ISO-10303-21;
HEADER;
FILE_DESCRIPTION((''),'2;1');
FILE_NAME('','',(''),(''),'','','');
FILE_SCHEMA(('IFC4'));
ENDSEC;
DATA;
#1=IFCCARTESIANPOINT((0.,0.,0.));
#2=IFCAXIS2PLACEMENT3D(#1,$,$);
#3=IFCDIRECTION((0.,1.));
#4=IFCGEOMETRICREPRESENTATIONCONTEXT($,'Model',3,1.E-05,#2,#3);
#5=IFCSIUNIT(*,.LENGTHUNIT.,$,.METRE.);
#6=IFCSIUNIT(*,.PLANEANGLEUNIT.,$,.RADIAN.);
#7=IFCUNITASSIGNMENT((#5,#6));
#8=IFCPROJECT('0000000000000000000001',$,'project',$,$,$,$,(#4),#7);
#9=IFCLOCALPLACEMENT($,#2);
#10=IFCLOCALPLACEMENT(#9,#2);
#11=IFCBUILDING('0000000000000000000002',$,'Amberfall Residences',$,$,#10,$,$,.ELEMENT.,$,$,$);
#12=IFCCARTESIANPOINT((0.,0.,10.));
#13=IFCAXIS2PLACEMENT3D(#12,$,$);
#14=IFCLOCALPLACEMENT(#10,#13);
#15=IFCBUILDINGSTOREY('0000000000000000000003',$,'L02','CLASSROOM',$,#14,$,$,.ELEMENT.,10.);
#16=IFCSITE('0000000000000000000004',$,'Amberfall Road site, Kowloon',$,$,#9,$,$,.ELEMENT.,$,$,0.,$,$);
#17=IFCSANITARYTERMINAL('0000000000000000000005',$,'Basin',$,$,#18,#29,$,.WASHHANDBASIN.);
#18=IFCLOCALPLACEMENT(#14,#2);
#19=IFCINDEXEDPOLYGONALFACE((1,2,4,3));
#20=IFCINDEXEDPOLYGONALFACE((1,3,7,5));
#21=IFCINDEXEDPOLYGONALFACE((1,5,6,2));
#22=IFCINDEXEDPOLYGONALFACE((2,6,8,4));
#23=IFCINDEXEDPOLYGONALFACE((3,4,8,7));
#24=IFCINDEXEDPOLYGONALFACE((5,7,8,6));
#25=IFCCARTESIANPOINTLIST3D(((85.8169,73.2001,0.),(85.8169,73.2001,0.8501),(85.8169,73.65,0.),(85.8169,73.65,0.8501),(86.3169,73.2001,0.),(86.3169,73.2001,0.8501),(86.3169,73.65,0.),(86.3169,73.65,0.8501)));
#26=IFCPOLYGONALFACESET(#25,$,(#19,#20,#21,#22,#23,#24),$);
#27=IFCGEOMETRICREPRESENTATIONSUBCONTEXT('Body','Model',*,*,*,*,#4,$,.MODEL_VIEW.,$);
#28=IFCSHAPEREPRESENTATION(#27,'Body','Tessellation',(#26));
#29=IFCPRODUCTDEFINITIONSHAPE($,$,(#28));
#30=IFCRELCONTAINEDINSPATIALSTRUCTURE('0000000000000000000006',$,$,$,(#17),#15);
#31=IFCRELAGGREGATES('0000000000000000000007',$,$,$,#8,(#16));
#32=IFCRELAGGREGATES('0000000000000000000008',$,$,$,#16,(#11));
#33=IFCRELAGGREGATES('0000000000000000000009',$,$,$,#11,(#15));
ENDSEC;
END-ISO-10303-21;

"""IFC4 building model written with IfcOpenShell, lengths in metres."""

from ifc_helpers import new_model, si_unit, direction, frame, origin, origin_2d, place, context, subcontext, project, spatial, rectangle, extrude, element, save


model = new_model("IFC4")

# Units and contexts
model_context = context("Model", 3, precision=1e-05, world=origin(), true_north=direction((0.0, 1.0)))
body_context = subcontext(model_context, "Body", "Model", "MODEL_VIEW")
ifc_project = project(units=[si_unit("LENGTHUNIT", "METRE"), si_unit("PLANEANGLEUNIT", "RADIAN")], contexts=[model_context])

# Site, building, storey
site_placement = place(None, origin())
site = spatial("IfcSite", under=ifc_project, at=site_placement, Name="Amberfall Road site, Kowloon", CompositionType="ELEMENT", RefElevation=0.0)
building_placement = place(site_placement, origin())
building = spatial("IfcBuilding", under=site, at=building_placement, Name="Amberfall Residences", CompositionType="ELEMENT")
storey_placement = place(building_placement, frame((0.0, 0.0, 10.0)))
storey = spatial("IfcBuildingStorey", under=building, at=storey_placement, Name="L02", Description="CLASSROOM", CompositionType="ELEMENT", Elevation=10.0)

# Sanitary terminal
sanitary_terminal_1_placement = place(storey_placement, frame((86.0669, 73.425, 0.0), z_axis=(0.0, 0.0, 1.0), x_axis=(1.0, 0.0, 0.0)))
element("IfcSanitaryTerminal", 1, at=sanitary_terminal_1_placement, inside=storey, Name="Basin", PredefinedType="WASHHANDBASIN", context=body_context, shape_type="SweptSolid", body=[
    extrude(rectangle(XDim=0.5, YDim=0.45, at=origin_2d()), origin(), (0.0, 0.0, 1.0), 0.8501),
])

save(model, "model.ifc")
